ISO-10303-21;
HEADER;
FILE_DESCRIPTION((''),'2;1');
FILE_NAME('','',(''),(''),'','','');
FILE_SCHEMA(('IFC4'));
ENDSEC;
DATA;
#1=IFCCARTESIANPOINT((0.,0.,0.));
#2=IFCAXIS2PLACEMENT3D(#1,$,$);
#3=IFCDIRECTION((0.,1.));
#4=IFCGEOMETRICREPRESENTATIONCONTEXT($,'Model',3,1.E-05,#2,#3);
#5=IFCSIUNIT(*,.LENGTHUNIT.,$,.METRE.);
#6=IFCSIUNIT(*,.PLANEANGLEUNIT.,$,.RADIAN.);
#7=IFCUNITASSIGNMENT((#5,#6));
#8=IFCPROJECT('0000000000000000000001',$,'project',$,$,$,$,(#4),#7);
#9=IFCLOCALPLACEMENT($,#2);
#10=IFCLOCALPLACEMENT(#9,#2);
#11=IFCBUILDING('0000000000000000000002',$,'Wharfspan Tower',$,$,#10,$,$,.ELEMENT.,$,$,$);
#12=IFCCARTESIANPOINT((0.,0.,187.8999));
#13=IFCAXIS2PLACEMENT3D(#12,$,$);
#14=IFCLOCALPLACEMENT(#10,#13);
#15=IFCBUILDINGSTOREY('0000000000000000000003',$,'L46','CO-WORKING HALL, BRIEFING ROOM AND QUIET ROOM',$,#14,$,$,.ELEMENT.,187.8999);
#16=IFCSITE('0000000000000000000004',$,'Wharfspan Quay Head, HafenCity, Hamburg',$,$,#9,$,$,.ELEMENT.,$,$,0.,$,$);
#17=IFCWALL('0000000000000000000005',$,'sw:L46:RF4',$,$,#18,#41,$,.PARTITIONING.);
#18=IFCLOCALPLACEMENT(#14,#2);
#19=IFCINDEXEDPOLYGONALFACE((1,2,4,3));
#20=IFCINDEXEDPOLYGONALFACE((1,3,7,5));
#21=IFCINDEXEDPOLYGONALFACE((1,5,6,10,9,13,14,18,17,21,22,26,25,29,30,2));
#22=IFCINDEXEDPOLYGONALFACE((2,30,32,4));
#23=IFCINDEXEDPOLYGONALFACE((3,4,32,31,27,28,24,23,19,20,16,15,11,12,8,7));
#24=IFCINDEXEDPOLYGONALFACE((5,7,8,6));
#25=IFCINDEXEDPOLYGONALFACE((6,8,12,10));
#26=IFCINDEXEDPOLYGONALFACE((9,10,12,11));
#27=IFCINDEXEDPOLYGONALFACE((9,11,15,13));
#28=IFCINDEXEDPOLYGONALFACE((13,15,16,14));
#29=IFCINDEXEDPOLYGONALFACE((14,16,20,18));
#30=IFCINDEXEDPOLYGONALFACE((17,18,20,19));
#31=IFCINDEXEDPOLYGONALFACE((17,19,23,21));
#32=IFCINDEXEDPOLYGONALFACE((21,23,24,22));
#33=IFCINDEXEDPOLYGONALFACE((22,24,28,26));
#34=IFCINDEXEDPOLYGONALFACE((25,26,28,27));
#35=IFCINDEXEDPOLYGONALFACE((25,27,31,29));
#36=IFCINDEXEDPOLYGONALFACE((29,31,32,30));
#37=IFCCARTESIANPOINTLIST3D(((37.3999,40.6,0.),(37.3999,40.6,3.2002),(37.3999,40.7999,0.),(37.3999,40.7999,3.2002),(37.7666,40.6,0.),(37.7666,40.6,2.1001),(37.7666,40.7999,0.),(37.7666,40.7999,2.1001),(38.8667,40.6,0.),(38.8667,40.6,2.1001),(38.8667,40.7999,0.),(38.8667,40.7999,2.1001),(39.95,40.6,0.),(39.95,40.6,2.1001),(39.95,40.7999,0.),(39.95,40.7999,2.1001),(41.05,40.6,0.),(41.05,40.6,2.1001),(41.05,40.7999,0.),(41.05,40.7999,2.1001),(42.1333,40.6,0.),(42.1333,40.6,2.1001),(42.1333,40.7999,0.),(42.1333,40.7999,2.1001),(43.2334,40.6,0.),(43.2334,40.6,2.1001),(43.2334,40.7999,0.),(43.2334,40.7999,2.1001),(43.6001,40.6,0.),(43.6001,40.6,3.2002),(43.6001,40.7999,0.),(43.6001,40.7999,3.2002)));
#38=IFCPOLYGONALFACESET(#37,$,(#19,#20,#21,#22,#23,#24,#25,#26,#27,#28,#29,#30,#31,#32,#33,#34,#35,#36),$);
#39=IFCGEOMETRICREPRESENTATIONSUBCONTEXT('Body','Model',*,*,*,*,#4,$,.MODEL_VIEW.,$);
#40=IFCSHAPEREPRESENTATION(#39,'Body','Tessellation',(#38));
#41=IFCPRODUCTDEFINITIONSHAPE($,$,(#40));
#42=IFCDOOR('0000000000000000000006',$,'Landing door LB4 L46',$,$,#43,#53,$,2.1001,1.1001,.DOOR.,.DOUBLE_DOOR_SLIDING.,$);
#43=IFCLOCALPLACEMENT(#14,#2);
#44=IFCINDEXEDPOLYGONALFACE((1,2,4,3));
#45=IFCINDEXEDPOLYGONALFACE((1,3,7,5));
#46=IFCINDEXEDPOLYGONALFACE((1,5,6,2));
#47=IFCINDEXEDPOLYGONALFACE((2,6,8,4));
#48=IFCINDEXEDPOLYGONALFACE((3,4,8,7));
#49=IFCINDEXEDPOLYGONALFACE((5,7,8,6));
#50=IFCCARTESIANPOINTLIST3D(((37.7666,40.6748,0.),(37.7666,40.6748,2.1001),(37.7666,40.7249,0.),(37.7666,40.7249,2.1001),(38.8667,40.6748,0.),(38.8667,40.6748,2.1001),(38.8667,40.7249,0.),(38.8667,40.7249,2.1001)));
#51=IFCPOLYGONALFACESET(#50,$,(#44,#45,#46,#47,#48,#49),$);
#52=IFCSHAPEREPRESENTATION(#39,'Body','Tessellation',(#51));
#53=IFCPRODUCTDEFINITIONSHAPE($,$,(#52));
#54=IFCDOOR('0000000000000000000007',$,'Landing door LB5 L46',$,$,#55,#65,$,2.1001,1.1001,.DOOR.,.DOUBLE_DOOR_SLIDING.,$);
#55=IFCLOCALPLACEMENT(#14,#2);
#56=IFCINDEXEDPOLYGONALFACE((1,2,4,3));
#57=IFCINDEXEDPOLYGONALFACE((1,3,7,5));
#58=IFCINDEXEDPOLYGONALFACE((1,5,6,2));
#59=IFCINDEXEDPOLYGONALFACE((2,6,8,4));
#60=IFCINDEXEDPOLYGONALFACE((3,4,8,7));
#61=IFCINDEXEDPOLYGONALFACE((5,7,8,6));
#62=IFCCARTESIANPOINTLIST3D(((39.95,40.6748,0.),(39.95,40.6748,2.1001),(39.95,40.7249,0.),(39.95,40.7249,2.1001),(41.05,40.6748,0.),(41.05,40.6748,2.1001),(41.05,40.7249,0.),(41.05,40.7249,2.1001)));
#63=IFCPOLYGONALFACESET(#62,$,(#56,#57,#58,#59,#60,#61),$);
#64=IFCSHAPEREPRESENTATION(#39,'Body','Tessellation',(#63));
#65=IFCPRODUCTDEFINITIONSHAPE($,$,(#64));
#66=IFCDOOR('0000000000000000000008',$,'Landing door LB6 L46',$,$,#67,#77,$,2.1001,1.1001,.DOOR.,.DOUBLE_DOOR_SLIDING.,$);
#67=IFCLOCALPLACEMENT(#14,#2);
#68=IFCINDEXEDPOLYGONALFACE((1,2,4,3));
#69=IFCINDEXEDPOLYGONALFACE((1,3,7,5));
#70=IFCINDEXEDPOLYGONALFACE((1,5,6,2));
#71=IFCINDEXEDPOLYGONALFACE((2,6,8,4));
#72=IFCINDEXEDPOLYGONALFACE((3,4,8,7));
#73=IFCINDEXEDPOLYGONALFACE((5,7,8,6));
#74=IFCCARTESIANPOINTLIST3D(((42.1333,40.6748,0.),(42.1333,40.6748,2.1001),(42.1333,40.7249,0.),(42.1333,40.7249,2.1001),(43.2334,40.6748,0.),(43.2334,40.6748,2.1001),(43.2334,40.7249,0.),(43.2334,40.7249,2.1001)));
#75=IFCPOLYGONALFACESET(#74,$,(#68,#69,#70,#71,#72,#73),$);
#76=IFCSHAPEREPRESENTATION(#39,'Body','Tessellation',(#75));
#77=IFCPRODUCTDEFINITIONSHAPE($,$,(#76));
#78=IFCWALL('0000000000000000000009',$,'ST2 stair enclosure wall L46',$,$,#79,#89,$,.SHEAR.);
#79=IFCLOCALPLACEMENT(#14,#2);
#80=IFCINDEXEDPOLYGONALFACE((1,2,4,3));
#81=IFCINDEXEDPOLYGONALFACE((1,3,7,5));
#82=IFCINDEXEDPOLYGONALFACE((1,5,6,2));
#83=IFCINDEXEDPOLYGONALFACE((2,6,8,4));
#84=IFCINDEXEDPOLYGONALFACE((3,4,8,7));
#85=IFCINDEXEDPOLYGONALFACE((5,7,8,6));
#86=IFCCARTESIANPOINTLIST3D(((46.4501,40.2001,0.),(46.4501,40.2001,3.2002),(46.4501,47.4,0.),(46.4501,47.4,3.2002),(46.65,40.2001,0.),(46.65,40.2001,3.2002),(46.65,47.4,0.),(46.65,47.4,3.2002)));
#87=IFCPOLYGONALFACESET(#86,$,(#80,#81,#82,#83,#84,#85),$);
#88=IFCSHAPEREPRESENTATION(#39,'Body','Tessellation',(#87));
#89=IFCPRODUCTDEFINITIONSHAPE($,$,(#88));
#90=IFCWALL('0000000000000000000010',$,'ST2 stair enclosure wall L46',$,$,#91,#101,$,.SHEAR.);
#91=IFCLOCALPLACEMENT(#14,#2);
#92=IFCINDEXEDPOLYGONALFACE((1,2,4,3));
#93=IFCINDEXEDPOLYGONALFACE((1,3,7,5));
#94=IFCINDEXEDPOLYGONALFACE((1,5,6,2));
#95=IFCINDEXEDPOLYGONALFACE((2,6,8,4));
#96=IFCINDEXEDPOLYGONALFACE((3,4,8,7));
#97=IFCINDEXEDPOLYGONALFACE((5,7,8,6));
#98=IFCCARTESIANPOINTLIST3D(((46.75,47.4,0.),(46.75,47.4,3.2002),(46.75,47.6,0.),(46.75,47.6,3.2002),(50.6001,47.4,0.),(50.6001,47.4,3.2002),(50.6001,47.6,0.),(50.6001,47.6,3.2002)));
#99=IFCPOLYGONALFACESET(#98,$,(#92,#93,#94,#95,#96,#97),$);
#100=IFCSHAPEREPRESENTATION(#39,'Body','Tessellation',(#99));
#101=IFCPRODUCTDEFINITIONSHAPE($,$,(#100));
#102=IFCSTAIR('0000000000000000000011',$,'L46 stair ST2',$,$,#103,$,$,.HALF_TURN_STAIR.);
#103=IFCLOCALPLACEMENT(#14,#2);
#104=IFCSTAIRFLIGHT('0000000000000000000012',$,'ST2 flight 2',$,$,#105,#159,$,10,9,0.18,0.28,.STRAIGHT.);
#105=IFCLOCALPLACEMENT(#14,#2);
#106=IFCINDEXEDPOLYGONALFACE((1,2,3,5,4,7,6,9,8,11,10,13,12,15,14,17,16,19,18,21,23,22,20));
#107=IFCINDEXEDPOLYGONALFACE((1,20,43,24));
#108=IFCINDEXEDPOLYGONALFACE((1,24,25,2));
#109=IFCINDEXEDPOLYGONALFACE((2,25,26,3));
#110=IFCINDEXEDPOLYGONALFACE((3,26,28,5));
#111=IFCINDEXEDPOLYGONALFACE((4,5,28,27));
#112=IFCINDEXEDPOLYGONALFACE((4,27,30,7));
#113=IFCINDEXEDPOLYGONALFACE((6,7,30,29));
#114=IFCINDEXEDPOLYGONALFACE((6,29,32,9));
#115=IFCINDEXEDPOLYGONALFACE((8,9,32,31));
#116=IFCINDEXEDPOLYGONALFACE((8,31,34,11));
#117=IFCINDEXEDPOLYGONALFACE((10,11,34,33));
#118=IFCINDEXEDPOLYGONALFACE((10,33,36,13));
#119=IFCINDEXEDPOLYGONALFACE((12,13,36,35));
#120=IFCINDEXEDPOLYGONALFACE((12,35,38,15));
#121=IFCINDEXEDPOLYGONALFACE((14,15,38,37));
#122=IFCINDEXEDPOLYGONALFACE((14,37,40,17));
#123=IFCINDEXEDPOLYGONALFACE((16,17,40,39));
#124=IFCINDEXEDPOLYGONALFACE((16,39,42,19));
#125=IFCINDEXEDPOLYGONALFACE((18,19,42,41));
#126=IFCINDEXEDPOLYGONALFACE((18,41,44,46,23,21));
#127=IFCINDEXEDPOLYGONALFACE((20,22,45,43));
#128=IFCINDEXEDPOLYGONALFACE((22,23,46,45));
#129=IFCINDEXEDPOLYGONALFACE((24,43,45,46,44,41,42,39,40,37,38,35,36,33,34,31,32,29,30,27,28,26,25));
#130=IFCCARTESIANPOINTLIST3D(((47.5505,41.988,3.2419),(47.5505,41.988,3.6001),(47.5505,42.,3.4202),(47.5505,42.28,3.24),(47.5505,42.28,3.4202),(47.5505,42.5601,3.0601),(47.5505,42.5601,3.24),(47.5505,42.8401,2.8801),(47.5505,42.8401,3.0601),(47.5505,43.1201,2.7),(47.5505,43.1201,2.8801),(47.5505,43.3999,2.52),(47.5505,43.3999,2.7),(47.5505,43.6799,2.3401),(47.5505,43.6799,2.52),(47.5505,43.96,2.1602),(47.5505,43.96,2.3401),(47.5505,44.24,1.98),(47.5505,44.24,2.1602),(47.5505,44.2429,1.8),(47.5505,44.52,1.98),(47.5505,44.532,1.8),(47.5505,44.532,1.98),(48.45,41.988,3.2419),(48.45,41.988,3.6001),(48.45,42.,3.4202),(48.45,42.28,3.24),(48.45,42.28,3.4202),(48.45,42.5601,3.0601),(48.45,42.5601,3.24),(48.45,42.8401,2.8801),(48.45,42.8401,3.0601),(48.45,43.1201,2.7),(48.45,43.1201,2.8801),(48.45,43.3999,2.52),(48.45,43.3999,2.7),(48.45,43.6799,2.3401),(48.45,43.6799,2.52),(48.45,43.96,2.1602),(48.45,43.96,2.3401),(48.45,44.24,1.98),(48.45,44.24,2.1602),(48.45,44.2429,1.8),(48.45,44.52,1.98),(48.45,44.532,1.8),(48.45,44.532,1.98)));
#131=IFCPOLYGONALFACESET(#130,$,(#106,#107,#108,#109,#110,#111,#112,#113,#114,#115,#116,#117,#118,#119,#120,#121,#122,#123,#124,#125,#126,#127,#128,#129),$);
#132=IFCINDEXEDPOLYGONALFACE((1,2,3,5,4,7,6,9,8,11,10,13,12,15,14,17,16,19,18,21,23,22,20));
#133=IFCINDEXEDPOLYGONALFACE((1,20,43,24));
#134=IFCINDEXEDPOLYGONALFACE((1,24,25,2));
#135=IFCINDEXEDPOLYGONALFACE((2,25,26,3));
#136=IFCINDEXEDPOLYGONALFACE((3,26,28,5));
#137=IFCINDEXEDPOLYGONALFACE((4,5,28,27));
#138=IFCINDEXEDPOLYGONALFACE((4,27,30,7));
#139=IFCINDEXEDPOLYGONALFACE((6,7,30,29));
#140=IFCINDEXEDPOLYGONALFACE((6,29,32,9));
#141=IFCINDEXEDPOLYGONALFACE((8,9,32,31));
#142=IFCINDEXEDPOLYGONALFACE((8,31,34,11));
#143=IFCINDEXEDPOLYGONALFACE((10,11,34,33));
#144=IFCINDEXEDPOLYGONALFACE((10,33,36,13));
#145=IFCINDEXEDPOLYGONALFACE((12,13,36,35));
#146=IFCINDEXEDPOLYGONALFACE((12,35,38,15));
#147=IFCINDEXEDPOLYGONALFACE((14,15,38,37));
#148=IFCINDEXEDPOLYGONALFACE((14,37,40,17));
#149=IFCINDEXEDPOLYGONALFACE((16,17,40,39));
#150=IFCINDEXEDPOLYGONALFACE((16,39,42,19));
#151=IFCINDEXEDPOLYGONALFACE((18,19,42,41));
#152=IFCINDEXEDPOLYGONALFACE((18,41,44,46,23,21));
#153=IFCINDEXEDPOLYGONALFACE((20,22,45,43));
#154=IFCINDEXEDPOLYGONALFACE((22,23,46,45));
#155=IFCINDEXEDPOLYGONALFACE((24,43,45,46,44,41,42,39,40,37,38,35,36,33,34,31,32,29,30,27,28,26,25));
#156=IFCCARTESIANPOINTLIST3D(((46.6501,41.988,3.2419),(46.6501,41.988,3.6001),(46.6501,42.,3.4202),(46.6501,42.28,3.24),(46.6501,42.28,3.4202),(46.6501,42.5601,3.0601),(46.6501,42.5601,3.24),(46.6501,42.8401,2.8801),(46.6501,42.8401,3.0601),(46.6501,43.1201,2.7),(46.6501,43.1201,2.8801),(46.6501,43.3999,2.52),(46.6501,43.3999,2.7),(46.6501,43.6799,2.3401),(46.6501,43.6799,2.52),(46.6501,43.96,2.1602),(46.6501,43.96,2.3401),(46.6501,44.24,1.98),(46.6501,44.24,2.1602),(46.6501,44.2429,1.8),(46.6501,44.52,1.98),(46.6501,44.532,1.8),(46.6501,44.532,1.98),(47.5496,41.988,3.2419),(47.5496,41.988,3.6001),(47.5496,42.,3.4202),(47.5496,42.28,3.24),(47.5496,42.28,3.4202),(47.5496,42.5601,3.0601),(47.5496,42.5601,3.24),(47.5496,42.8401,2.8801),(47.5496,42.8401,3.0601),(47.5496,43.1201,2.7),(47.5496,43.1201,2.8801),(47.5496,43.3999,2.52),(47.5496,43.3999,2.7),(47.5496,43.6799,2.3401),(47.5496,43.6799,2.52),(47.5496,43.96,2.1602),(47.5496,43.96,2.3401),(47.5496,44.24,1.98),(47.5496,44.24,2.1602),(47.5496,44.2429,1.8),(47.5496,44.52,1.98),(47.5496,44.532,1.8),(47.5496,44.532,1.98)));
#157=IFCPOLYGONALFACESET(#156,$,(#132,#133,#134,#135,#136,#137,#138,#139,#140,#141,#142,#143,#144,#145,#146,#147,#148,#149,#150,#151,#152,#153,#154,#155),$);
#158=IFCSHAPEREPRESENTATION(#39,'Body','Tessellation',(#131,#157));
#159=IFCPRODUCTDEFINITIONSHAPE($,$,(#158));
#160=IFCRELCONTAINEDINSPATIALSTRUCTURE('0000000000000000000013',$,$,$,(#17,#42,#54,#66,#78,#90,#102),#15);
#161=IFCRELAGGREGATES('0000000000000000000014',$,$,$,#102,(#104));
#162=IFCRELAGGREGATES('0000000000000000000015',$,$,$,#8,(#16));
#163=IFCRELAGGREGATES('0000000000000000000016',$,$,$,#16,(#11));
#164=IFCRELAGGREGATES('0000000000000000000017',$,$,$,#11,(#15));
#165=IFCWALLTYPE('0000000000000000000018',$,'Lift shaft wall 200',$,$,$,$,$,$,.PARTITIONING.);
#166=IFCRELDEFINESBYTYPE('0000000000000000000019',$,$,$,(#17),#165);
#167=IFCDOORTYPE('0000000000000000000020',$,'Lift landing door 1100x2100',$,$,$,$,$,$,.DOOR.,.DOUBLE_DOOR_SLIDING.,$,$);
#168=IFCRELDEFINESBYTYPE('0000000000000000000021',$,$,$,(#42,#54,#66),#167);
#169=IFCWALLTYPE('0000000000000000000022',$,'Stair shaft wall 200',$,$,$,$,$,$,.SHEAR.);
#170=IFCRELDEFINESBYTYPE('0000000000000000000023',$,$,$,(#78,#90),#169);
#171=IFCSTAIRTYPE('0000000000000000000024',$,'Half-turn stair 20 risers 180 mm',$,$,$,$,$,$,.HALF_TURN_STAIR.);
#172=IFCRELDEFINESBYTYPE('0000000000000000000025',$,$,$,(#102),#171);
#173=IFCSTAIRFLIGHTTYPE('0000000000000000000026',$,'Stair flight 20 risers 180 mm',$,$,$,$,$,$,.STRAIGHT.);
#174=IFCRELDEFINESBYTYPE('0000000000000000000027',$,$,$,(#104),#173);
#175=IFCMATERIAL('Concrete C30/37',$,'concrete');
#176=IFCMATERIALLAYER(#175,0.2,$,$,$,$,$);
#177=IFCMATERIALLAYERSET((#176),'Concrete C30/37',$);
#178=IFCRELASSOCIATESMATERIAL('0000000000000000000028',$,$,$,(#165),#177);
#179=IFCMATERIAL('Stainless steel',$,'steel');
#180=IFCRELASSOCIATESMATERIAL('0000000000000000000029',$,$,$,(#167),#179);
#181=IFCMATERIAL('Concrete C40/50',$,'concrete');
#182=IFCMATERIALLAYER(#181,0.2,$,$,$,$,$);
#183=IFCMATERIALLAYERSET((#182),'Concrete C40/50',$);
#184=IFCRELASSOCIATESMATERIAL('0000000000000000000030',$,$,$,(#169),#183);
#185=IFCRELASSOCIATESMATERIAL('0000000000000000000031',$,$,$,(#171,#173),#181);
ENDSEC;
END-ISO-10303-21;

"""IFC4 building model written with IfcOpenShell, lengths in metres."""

from ifc_helpers import new_model, si_unit, direction, frame, frame_2d, origin, place, context, subcontext, project, spatial, polyline, rectangle, outline, extrude, material, layer, layer_set, type_object, element, fill, aggregate, save


model = new_model("IFC4")

# Units and contexts
model_context = context("Model", 3, precision=1e-05, world=origin(), true_north=direction((0.0, 1.0)))
body_context = subcontext(model_context, "Body", "Model", "MODEL_VIEW")
ifc_project = project(units=[si_unit("LENGTHUNIT", "METRE"), si_unit("PLANEANGLEUNIT", "RADIAN")], contexts=[model_context])

# Site, building, storey
site_placement = place(None, origin())
site = spatial("IfcSite", under=ifc_project, at=site_placement, Name="Wharfspan Quay Head, HafenCity, Hamburg", CompositionType="ELEMENT", RefElevation=0.0)
building_placement = place(site_placement, origin())
building = spatial("IfcBuilding", under=site, at=building_placement, Name="Wharfspan Tower", CompositionType="ELEMENT")
storey_placement = place(building_placement, frame((0.0, 0.0, 187.8999)))
storey = spatial("IfcBuildingStorey", under=building, at=storey_placement, Name="L46", Description="CO-WORKING HALL, BRIEFING ROOM AND QUIET ROOM", CompositionType="ELEMENT", Elevation=187.8999)

# Wall, openings, doors
ifc_material_1 = material(Name="Concrete C30/37", Category="concrete")
ifc_layer_1 = layer(ifc_material_1, 0.2)
ifc_layer_set_1 = layer_set([ifc_layer_1], Name="Concrete C30/37")
wall_type_1 = type_object("IfcWallType", Name="Lift shaft wall 200", PredefinedType="PARTITIONING", material=ifc_layer_set_1)
wall_1_placement = place(storey_placement, frame((37.3999, 40.7, 0.0), z_axis=(0.0, 0.0, 1.0), x_axis=(1.0, 0.0, 0.0)))
wall_1 = element("IfcWall", 1, at=wall_1_placement, inside=storey, type_object=wall_type_1, Name="sw:L46:RF4", PredefinedType="PARTITIONING", context=body_context, shape_type="SweptSolid", body=[
    extrude(rectangle(XDim=6.2002, YDim=0.2, at=frame_2d((3.1001, 0.0))), origin(), (0.0, 0.0, 1.0), 3.2002),
])
opening_1_placement = place(wall_1_placement, frame((0.3667, 0.0, 0.0)))
opening_1 = element("IfcOpeningElement", 2, at=opening_1_placement, cuts=wall_1, PredefinedType="OPENING", context=body_context, shape_type="SweptSolid", body=[
    extrude(rectangle(XDim=1.1001, YDim=2.1001, at=frame_2d((0.55, 1.05))), frame((0.0, 0.1099, 0.0), z_axis=(0.0, -1.0, 0.0), x_axis=(1.0, 0.0, 0.0)), (0.0, 0.0, 1.0), 0.22),
])
opening_2_placement = place(wall_1_placement, frame((2.55, 0.0, 0.0)))
opening_2 = element("IfcOpeningElement", 3, at=opening_2_placement, cuts=wall_1, PredefinedType="OPENING", context=body_context, shape_type="SweptSolid", body=[
    extrude(rectangle(XDim=1.1001, YDim=2.1001, at=frame_2d((0.55, 1.05))), frame((0.0, 0.1099, 0.0), z_axis=(0.0, -1.0, 0.0), x_axis=(1.0, 0.0, 0.0)), (0.0, 0.0, 1.0), 0.22),
])
opening_3_placement = place(wall_1_placement, frame((4.7334, 0.0, 0.0)))
opening_3 = element("IfcOpeningElement", 4, at=opening_3_placement, cuts=wall_1, PredefinedType="OPENING", context=body_context, shape_type="SweptSolid", body=[
    extrude(rectangle(XDim=1.1001, YDim=2.1001, at=frame_2d((0.55, 1.05))), frame((0.0, 0.1099, 0.0), z_axis=(0.0, -1.0, 0.0), x_axis=(1.0, 0.0, 0.0)), (0.0, 0.0, 1.0), 0.22),
])
ifc_material_2 = material(Name="Stainless steel", Category="steel")
door_type = type_object("IfcDoorType", Name="Lift landing door 1100x2100", OperationType="DOUBLE_DOOR_SLIDING", PredefinedType="DOOR", material=ifc_material_2)
door_1_placement = place(opening_1_placement, origin())
door_1 = element("IfcDoor", 5, at=door_1_placement, inside=storey, type_object=door_type, Name="Landing door LB4 L46", OperationType="DOUBLE_DOOR_SLIDING", OverallHeight=2.1001, OverallWidth=1.1001, PredefinedType="DOOR", context=body_context, shape_type="SweptSolid", body=[
    extrude(rectangle(XDim=1.1001, YDim=2.1001, at=frame_2d((0.55, 1.05))), frame((0.0, 0.0249, 0.0), z_axis=(0.0, -1.0, 0.0), x_axis=(1.0, 0.0, 0.0)), (0.0, 0.0, 1.0), 0.05),
])
fill(opening_1, door_1)
door_2_placement = place(opening_2_placement, origin())
door_2 = element("IfcDoor", 6, at=door_2_placement, inside=storey, type_object=door_type, Name="Landing door LB5 L46", OperationType="DOUBLE_DOOR_SLIDING", OverallHeight=2.1001, OverallWidth=1.1001, PredefinedType="DOOR", context=body_context, shape_type="SweptSolid", body=[
    extrude(rectangle(XDim=1.1001, YDim=2.1001, at=frame_2d((0.55, 1.05))), frame((0.0, 0.0249, 0.0), z_axis=(0.0, -1.0, 0.0), x_axis=(1.0, 0.0, 0.0)), (0.0, 0.0, 1.0), 0.05),
])
fill(opening_2, door_2)
door_3_placement = place(opening_3_placement, origin())
door_3 = element("IfcDoor", 7, at=door_3_placement, inside=storey, type_object=door_type, Name="Landing door LB6 L46", OperationType="DOUBLE_DOOR_SLIDING", OverallHeight=2.1001, OverallWidth=1.1001, PredefinedType="DOOR", context=body_context, shape_type="SweptSolid", body=[
    extrude(rectangle(XDim=1.1001, YDim=2.1001, at=frame_2d((0.55, 1.05))), frame((0.0, 0.0249, 0.0), z_axis=(0.0, -1.0, 0.0), x_axis=(1.0, 0.0, 0.0)), (0.0, 0.0, 1.0), 0.05),
])
fill(opening_3, door_3)

# Walls
ifc_material_3 = material(Name="Concrete C40/50", Category="concrete")
ifc_layer_2 = layer(ifc_material_3, 0.2)
ifc_layer_set_2 = layer_set([ifc_layer_2], Name="Concrete C40/50")
wall_type_2 = type_object("IfcWallType", Name="Stair shaft wall 200", PredefinedType="SHEAR", material=ifc_layer_set_2)
wall_2_placement = place(storey_placement, frame((46.55, 40.2, 0.0), z_axis=(0.0, 0.0, 1.0), x_axis=(0.0, 1.0, 0.0)))
element("IfcWall", 8, at=wall_2_placement, inside=storey, type_object=wall_type_2, Name="ST2 stair enclosure wall L46", PredefinedType="SHEAR", context=body_context, shape_type="SweptSolid", body=[
    extrude(rectangle(XDim=7.2, YDim=0.2, at=frame_2d((3.6001, 0.0))), origin(), (0.0, 0.0, 1.0), 3.2002),
])
wall_3_placement = place(storey_placement, frame((46.75, 47.5, 0.0), z_axis=(0.0, 0.0, 1.0), x_axis=(1.0, 0.0, 0.0)))
element("IfcWall", 9, at=wall_3_placement, inside=storey, type_object=wall_type_2, Name="ST2 stair enclosure wall L46", PredefinedType="SHEAR", context=body_context, shape_type="SweptSolid", body=[
    extrude(rectangle(XDim=3.8501, YDim=0.2, at=frame_2d((1.925, 0.0))), origin(), (0.0, 0.0, 1.0), 3.2002),
])

# Stair, stair flight
stair_type = type_object("IfcStairType", Name="Half-turn stair 20 risers 180 mm", PredefinedType="HALF_TURN_STAIR", material=ifc_material_3)
stair_placement = place(storey_placement, origin())
stair = element("IfcStair", 10, at=stair_placement, inside=storey, type_object=stair_type, Name="L46 stair ST2", PredefinedType="HALF_TURN_STAIR")
stair_flight_type = type_object("IfcStairFlightType", Name="Stair flight 20 risers 180 mm", PredefinedType="STRAIGHT", material=ifc_material_3)
stair_flight_placement = place(storey_placement, frame((47.55, 44.52, 1.8), z_axis=(0.0, 0.0, 1.0), x_axis=(0.0, -1.0, 0.0)))
stair_flight = element("IfcStairFlight", 11, at=stair_flight_placement, type_object=stair_flight_type, Name="ST2 flight 2", NumberOfRisers=10, NumberOfTreads=9, PredefinedType="STRAIGHT", RiserHeight=0.18, TreadLength=0.28, context=body_context, shape_type="SweptSolid", body=[
    extrude(outline(polyline([(-0.012, 0.0), (-0.012, 0.1799), (0.0, 0.1799), (0.28, 0.1799), (0.28, 0.3601), (0.5601, 0.3601), (0.5601, 0.54), (0.8401, 0.54), (0.8401, 0.72), (1.1201, 0.72), (1.1201, 0.8999), (1.3999, 0.8999), (1.3999, 1.0801), (1.6799, 1.0801), (1.6799, 1.26), (1.96, 1.26), (1.96, 1.4399), (2.24, 1.4399), (2.24, 1.6201), (2.52, 1.6201), (2.532, 1.8), (2.532, 1.4419), (0.2771, 0.0), (-0.012, 0.0)])), frame((0.0, 0.8999, 0.0), z_axis=(0.0, -1.0, 0.0), x_axis=(1.0, 0.0, 0.0)), (0.0, 0.0, 1.0), 0.8994),
    extrude(outline(polyline([(-0.012, 0.0), (-0.012, 0.1799), (0.0, 0.1799), (0.28, 0.1799), (0.28, 0.3601), (0.5601, 0.3601), (0.5601, 0.54), (0.8401, 0.54), (0.8401, 0.72), (1.1201, 0.72), (1.1201, 0.8999), (1.3999, 0.8999), (1.3999, 1.0801), (1.6799, 1.0801), (1.6799, 1.26), (1.96, 1.26), (1.96, 1.4399), (2.24, 1.4399), (2.24, 1.6201), (2.52, 1.6201), (2.532, 1.8), (2.532, 1.4419), (0.2771, 0.0), (-0.012, 0.0)])), frame((0.0, -0.0005, 0.0), z_axis=(0.0, -1.0, 0.0), x_axis=(1.0, 0.0, 0.0)), (0.0, 0.0, 1.0), 0.8994),
])
aggregate(stair, [stair_flight])

save(model, "model.ifc")
